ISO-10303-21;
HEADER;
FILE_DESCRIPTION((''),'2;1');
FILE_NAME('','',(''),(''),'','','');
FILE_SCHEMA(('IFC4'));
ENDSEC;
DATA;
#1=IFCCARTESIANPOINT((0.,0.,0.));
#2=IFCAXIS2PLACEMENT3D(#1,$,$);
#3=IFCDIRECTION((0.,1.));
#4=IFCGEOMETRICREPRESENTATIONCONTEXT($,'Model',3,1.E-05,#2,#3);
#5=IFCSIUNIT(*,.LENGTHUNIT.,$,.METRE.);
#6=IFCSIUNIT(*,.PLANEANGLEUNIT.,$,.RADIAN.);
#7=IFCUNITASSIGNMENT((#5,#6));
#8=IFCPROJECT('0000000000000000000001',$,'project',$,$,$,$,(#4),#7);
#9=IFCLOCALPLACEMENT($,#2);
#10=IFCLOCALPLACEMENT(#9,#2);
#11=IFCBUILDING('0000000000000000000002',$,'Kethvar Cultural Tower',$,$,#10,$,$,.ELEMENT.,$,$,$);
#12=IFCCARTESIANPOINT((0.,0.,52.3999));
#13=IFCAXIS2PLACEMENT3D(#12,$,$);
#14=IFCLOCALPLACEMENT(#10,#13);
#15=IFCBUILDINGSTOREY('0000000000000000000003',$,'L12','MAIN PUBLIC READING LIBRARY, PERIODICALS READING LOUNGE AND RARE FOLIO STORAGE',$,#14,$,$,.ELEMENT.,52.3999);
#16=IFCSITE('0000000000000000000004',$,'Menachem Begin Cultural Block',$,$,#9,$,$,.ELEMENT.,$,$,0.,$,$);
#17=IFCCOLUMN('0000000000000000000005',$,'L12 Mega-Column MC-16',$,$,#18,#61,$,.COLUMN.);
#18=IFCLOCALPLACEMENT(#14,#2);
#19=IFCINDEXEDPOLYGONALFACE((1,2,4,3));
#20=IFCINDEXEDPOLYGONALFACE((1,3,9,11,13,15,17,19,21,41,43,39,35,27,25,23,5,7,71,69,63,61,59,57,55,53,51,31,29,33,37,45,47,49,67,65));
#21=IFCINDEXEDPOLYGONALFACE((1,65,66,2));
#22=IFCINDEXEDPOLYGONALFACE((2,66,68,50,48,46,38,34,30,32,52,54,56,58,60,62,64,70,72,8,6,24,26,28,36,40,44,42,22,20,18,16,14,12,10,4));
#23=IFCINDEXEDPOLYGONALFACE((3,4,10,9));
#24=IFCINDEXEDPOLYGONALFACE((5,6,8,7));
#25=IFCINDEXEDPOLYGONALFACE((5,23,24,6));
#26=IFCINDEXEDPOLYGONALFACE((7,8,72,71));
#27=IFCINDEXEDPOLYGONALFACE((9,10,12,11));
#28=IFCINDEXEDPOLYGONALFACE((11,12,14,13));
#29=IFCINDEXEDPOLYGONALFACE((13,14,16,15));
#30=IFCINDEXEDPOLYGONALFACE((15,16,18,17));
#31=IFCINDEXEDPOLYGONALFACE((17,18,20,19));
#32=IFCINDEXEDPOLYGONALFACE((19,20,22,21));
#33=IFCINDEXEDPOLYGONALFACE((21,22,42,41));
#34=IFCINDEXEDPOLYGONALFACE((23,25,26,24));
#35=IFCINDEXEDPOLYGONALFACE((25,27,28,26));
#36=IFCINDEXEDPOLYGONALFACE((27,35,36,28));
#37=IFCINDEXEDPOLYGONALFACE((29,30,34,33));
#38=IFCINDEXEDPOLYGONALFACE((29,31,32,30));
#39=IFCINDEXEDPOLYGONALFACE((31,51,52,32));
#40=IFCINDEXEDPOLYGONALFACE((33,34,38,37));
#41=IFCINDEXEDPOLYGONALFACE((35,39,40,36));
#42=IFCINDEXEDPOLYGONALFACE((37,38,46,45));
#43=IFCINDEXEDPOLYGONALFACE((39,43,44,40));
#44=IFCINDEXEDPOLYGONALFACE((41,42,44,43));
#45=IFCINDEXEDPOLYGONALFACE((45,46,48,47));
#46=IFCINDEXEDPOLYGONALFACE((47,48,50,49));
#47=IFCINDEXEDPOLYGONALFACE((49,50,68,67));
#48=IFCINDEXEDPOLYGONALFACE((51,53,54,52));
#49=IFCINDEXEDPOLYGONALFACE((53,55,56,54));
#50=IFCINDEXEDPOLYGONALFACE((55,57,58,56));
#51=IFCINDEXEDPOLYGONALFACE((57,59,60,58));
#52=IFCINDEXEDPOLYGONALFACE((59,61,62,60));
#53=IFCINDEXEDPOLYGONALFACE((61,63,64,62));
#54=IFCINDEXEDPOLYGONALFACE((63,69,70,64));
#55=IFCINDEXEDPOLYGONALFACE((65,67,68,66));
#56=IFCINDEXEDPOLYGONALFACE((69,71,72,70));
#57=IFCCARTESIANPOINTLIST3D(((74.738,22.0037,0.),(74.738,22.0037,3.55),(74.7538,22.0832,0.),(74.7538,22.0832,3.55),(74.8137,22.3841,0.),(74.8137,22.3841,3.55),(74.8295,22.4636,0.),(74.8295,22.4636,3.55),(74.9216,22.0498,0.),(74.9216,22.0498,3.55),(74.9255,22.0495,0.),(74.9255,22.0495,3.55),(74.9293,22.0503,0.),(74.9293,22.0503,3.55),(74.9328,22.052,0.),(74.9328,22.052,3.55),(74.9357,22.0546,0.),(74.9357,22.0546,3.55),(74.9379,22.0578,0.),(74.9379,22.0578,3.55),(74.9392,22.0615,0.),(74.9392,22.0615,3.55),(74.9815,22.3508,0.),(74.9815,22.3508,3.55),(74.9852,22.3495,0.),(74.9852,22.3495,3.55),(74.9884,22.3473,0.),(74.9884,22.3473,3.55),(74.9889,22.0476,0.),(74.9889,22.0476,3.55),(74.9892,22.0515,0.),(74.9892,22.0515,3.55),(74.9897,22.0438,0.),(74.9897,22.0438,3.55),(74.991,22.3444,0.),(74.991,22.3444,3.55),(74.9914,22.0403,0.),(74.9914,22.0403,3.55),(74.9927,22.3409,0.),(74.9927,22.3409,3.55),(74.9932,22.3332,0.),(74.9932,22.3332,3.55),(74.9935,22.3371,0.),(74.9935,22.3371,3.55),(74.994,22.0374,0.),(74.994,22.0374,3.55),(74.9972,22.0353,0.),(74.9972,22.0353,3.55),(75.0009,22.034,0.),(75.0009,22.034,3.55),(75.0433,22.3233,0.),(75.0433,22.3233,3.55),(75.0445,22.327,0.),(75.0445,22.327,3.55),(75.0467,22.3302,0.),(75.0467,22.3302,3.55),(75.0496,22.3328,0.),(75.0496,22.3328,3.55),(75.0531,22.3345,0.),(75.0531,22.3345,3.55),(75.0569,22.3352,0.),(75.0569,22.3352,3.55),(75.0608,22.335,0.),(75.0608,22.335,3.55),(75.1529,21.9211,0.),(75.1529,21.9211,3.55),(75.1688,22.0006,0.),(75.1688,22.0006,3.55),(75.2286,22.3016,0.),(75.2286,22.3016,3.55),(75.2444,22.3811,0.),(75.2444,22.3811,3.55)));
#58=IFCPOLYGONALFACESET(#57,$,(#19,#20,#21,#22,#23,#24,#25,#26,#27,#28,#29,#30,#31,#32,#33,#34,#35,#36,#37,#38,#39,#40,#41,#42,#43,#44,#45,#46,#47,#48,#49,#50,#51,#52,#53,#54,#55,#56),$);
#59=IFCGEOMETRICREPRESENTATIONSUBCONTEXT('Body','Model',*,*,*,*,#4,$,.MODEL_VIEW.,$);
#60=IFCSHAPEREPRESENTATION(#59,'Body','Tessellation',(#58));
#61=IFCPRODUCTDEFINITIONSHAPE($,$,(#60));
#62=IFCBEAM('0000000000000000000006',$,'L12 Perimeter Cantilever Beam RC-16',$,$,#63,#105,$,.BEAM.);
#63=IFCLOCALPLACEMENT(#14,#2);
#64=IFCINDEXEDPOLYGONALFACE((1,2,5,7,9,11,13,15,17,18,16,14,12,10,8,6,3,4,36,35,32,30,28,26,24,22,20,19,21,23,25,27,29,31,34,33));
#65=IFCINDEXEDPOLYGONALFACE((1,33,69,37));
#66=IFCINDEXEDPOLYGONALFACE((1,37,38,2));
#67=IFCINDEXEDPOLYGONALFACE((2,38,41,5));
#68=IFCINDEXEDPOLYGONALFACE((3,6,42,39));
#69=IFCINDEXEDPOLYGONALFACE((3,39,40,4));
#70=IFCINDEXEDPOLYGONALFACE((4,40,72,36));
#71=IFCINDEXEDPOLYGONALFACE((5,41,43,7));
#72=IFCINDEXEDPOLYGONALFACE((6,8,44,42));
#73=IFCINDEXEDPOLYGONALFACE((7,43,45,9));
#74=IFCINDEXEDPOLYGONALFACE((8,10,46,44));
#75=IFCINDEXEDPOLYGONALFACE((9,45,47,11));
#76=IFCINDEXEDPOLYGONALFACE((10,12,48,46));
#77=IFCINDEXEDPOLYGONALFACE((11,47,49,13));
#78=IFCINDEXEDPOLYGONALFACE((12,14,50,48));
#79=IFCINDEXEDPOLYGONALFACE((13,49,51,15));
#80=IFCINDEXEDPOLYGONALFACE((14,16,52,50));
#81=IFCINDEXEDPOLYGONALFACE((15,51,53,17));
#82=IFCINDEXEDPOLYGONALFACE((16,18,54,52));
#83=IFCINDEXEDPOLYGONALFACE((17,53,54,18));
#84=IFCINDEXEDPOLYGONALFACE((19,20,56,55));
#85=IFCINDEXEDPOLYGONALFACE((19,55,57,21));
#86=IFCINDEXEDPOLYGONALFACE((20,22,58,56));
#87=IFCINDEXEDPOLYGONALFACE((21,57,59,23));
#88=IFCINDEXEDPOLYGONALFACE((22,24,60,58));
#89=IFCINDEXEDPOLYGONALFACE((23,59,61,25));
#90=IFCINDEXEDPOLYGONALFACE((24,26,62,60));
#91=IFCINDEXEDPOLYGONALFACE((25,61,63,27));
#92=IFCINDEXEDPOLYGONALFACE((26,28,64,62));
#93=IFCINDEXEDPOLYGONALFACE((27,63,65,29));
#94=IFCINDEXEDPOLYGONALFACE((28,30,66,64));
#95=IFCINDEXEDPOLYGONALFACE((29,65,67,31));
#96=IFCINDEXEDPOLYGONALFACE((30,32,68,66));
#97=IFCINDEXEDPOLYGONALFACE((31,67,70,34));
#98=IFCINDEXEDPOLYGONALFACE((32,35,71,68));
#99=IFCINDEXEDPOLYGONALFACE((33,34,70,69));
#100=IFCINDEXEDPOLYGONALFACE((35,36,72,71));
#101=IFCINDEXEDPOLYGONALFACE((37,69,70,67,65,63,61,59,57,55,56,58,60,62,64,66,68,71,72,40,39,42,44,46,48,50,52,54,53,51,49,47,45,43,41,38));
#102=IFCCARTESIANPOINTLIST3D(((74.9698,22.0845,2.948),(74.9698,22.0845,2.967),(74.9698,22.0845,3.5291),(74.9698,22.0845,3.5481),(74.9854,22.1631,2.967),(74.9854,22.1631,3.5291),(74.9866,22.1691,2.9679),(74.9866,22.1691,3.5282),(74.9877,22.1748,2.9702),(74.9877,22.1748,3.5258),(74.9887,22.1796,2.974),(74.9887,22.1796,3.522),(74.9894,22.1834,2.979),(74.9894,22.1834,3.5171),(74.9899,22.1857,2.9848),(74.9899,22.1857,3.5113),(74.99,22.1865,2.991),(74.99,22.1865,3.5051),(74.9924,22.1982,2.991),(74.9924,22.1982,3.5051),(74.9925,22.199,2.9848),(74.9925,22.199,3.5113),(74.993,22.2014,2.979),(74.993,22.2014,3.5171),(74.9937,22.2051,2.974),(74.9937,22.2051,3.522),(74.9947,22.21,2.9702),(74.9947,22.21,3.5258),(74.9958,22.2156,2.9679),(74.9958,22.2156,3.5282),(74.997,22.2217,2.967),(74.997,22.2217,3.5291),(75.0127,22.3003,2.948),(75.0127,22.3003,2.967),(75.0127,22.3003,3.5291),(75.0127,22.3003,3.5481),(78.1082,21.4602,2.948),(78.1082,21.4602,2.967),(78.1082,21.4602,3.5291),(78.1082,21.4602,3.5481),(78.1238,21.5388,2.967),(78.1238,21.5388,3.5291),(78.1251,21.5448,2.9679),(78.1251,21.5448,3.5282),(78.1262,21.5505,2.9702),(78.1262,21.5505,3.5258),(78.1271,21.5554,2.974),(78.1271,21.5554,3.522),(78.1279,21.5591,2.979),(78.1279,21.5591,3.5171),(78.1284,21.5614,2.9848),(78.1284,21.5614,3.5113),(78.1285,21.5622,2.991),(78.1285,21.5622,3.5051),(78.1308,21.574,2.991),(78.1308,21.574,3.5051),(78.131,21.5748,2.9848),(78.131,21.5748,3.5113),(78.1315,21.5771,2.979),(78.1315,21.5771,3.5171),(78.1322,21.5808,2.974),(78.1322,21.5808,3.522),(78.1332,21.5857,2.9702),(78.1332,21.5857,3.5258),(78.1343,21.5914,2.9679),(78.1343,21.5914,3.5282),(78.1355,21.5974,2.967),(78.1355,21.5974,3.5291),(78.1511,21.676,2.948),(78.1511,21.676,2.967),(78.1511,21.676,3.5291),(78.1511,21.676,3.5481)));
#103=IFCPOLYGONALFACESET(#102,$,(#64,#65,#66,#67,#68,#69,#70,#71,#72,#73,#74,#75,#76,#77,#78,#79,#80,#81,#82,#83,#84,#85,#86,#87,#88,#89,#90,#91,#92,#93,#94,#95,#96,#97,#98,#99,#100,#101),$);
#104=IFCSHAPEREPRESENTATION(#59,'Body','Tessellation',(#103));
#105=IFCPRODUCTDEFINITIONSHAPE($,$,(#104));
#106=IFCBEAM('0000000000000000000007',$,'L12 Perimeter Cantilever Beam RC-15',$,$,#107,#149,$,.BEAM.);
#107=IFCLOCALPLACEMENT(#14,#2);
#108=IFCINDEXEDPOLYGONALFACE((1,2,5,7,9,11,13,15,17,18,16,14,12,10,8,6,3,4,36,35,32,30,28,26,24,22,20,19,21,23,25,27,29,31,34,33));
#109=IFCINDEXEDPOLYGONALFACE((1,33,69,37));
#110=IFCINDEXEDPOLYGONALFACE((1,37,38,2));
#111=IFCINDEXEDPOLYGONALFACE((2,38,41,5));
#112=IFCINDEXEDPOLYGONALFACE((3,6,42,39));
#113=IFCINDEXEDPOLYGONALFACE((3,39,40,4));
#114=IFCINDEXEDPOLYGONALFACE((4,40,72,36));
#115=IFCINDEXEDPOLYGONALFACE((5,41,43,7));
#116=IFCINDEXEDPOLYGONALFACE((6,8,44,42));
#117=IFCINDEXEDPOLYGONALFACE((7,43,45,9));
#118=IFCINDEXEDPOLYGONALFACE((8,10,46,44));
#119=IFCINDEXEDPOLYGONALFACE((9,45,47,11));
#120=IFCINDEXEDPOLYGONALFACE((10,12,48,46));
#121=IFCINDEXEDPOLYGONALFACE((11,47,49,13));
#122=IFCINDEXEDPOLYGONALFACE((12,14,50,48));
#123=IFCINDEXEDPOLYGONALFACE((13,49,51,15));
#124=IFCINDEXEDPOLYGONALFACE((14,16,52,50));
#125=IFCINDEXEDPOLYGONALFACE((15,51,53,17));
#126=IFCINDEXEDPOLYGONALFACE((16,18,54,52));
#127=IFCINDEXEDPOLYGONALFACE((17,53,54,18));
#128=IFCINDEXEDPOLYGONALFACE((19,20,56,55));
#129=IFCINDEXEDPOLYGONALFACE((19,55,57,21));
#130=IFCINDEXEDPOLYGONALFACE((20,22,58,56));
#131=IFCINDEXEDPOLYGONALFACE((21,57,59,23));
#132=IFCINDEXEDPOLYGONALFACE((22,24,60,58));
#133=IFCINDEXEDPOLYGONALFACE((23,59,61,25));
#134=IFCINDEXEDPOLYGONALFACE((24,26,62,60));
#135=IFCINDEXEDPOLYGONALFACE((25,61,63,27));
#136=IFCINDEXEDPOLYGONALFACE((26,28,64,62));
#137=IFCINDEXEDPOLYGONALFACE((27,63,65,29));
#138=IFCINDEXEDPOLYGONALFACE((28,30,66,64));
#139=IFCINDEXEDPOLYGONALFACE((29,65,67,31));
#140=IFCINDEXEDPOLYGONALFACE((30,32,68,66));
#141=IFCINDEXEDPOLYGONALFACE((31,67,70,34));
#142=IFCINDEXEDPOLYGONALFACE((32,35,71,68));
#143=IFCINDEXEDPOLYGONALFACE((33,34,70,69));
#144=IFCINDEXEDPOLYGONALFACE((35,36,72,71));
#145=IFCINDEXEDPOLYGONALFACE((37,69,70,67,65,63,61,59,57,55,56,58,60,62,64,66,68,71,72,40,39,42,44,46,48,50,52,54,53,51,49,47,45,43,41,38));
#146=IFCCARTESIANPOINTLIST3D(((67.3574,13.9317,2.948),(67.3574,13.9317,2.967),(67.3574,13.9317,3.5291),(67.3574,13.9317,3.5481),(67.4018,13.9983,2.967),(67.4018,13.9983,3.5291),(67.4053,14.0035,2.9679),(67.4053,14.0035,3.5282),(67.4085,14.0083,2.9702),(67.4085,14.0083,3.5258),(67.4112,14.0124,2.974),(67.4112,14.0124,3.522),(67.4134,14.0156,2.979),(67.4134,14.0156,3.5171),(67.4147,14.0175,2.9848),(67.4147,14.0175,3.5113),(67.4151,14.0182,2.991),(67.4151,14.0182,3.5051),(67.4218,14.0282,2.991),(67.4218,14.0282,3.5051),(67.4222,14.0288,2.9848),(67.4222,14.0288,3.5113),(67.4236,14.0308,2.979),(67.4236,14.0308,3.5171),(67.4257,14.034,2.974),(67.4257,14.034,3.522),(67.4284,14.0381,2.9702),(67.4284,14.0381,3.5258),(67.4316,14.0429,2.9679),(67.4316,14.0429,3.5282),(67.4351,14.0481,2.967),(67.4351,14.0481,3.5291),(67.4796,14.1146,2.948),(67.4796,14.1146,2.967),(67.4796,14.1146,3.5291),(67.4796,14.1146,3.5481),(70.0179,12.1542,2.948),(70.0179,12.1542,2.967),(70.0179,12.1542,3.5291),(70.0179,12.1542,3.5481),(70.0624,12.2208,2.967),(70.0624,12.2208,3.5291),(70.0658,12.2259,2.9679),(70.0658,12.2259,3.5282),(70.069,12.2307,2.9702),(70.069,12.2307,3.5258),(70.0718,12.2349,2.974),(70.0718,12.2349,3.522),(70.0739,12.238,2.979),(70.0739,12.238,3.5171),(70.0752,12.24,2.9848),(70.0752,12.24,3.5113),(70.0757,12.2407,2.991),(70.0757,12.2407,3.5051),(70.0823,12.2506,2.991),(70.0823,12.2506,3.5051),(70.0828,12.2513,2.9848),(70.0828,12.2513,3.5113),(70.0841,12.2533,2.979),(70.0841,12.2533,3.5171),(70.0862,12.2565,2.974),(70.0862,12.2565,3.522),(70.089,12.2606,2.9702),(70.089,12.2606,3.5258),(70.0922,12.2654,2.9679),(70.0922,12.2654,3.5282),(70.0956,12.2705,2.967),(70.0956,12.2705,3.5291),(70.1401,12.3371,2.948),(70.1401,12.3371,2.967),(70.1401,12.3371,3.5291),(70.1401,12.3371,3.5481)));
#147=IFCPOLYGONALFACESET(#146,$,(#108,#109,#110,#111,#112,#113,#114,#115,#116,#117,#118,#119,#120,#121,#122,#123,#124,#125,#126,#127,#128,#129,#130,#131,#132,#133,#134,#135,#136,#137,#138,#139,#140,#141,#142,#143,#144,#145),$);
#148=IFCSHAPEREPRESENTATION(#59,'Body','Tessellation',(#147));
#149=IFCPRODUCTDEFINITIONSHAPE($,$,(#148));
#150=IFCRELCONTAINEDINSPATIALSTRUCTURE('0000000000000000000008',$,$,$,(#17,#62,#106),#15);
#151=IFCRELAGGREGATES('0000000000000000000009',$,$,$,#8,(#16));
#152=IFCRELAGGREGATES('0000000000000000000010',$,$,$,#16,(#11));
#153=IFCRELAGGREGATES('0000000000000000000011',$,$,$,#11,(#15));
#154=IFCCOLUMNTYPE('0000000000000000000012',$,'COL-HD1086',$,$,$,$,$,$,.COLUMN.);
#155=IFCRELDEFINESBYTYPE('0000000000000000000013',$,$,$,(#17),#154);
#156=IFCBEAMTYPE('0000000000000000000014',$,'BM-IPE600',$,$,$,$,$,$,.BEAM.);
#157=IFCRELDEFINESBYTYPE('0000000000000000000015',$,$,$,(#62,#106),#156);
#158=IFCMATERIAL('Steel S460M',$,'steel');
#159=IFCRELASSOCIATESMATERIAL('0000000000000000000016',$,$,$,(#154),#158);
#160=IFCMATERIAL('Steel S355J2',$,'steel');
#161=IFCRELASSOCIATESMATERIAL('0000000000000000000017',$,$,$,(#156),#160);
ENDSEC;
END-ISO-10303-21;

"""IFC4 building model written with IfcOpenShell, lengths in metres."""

from ifc_helpers import new_model, si_unit, direction, frame, origin, origin_2d, place, context, subcontext, project, spatial, i_section, extrude, source, transform, mapped, material, material_profile, profile_set, type_object, element, save


model = new_model("IFC4")

# Units and contexts
model_context = context("Model", 3, precision=1e-05, world=origin(), true_north=direction((0.0, 1.0)))
body_context = subcontext(model_context, "Body", "Model", "MODEL_VIEW")
ifc_project = project(units=[si_unit("LENGTHUNIT", "METRE"), si_unit("PLANEANGLEUNIT", "RADIAN")], contexts=[model_context])

# Site, building, storey
site_placement = place(None, origin())
site = spatial("IfcSite", under=ifc_project, at=site_placement, Name="Menachem Begin Cultural Block", CompositionType="ELEMENT", RefElevation=0.0)
building_placement = place(site_placement, origin())
building = spatial("IfcBuilding", under=site, at=building_placement, Name="Kethvar Cultural Tower", CompositionType="ELEMENT")
storey_placement = place(building_placement, frame((0.0, 0.0, 52.3999)))
storey = spatial("IfcBuildingStorey", under=building, at=storey_placement, Name="L12", Description="MAIN PUBLIC READING LIBRARY, PERIODICALS READING LOUNGE AND RARE FOLIO STORAGE", CompositionType="ELEMENT", Elevation=52.3999)

# Column
ifc_material_1 = material(Name="Steel S460M", Category="steel")
ifc_material_profile_1 = material_profile(ifc_material_1, i_section(OverallWidth=0.4231, OverallDepth=0.469, WebThickness=0.051, FlangeThickness=0.0811, FilletRadius=0.0149, at=origin_2d()), Name="Steel S460M — HD400x1086")
ifc_profile_set_1 = profile_set([ifc_material_profile_1], Name="Steel S460M — HD400x1086")
column_type = type_object("IfcColumnType", Name="COL-HD1086", PredefinedType="COLUMN", material=ifc_profile_set_1)
shared_shape_1 = source(origin(), body_context, "Body", "SweptSolid", [
    extrude(i_section(OverallWidth=0.4231, OverallDepth=0.469, WebThickness=0.051, FlangeThickness=0.0811, FilletRadius=0.0149, at=origin_2d()), origin(), (0.0, 0.0, 1.0), 3.55),
])
column_placement = place(storey_placement, frame((74.9912, 22.1924, 0.0), z_axis=(0.0, 0.0, 1.0), x_axis=(0.980785, -0.19509, 0.0)))
element("IfcColumn", 1, at=column_placement, inside=storey, type_object=column_type, Name="L12 Mega-Column MC-16", PredefinedType="COLUMN", context=body_context, shape_type="MappedRepresentation", body=[
    mapped(shared_shape_1, transform((0.0, 0.0, 0.0), scale=1.0)),
])

# Beams
ifc_material_2 = material(Name="Steel S355J2", Category="steel")
ifc_material_profile_2 = material_profile(ifc_material_2, i_section(OverallWidth=0.22, OverallDepth=0.6001, WebThickness=0.012, FlangeThickness=0.019, FilletRadius=0.0239, at=origin_2d()), Name="Steel S355J2 — IPE600")
ifc_profile_set_2 = profile_set([ifc_material_profile_2], Name="Steel S355J2 — IPE600")
beam_type_1 = type_object("IfcBeamType", Name="BM-IPE600", PredefinedType="BEAM", material=ifc_profile_set_2)
shared_shape_2 = source(origin(), body_context, "Body", "SweptSolid", [
    extrude(i_section(OverallWidth=0.22, OverallDepth=0.6001, WebThickness=0.012, FlangeThickness=0.019, FilletRadius=0.0239, at=origin_2d()), origin(), (0.0, 0.0, 1.0), 3.2),
])
beam_1_placement = place(storey_placement, frame((74.9912, 22.1924, 3.248), z_axis=(0.980786, -0.195089, 0.0), x_axis=(0.195089, 0.980786, 0.0)))
element("IfcBeam", 2, at=beam_1_placement, inside=storey, type_object=beam_type_1, Name="L12 Perimeter Cantilever Beam RC-16", PredefinedType="BEAM", context=body_context, shape_type="MappedRepresentation", body=[
    mapped(shared_shape_2, transform((0.0, 0.0, 0.0), scale=1.0)),
])
shared_shape_3 = source(origin(), body_context, "Body", "SweptSolid", [
    extrude(i_section(OverallWidth=0.22, OverallDepth=0.6001, WebThickness=0.012, FlangeThickness=0.019, FilletRadius=0.0239, at=origin_2d()), origin(), (0.0, 0.0, 1.0), 3.1997),
])
beam_2_placement = place(storey_placement, frame((67.4185, 14.0232, 3.248), z_axis=(0.831498, -0.555527, 0.0), x_axis=(0.555527, 0.831498, 0.0)))
element("IfcBeam", 3, at=beam_2_placement, inside=storey, type_object=beam_type_1, Name="L12 Perimeter Cantilever Beam RC-15", PredefinedType="BEAM", context=body_context, shape_type="MappedRepresentation", body=[
    mapped(shared_shape_3, transform((0.0, 0.0, 0.0), scale=1.0)),
])

save(model, "model.ifc")
